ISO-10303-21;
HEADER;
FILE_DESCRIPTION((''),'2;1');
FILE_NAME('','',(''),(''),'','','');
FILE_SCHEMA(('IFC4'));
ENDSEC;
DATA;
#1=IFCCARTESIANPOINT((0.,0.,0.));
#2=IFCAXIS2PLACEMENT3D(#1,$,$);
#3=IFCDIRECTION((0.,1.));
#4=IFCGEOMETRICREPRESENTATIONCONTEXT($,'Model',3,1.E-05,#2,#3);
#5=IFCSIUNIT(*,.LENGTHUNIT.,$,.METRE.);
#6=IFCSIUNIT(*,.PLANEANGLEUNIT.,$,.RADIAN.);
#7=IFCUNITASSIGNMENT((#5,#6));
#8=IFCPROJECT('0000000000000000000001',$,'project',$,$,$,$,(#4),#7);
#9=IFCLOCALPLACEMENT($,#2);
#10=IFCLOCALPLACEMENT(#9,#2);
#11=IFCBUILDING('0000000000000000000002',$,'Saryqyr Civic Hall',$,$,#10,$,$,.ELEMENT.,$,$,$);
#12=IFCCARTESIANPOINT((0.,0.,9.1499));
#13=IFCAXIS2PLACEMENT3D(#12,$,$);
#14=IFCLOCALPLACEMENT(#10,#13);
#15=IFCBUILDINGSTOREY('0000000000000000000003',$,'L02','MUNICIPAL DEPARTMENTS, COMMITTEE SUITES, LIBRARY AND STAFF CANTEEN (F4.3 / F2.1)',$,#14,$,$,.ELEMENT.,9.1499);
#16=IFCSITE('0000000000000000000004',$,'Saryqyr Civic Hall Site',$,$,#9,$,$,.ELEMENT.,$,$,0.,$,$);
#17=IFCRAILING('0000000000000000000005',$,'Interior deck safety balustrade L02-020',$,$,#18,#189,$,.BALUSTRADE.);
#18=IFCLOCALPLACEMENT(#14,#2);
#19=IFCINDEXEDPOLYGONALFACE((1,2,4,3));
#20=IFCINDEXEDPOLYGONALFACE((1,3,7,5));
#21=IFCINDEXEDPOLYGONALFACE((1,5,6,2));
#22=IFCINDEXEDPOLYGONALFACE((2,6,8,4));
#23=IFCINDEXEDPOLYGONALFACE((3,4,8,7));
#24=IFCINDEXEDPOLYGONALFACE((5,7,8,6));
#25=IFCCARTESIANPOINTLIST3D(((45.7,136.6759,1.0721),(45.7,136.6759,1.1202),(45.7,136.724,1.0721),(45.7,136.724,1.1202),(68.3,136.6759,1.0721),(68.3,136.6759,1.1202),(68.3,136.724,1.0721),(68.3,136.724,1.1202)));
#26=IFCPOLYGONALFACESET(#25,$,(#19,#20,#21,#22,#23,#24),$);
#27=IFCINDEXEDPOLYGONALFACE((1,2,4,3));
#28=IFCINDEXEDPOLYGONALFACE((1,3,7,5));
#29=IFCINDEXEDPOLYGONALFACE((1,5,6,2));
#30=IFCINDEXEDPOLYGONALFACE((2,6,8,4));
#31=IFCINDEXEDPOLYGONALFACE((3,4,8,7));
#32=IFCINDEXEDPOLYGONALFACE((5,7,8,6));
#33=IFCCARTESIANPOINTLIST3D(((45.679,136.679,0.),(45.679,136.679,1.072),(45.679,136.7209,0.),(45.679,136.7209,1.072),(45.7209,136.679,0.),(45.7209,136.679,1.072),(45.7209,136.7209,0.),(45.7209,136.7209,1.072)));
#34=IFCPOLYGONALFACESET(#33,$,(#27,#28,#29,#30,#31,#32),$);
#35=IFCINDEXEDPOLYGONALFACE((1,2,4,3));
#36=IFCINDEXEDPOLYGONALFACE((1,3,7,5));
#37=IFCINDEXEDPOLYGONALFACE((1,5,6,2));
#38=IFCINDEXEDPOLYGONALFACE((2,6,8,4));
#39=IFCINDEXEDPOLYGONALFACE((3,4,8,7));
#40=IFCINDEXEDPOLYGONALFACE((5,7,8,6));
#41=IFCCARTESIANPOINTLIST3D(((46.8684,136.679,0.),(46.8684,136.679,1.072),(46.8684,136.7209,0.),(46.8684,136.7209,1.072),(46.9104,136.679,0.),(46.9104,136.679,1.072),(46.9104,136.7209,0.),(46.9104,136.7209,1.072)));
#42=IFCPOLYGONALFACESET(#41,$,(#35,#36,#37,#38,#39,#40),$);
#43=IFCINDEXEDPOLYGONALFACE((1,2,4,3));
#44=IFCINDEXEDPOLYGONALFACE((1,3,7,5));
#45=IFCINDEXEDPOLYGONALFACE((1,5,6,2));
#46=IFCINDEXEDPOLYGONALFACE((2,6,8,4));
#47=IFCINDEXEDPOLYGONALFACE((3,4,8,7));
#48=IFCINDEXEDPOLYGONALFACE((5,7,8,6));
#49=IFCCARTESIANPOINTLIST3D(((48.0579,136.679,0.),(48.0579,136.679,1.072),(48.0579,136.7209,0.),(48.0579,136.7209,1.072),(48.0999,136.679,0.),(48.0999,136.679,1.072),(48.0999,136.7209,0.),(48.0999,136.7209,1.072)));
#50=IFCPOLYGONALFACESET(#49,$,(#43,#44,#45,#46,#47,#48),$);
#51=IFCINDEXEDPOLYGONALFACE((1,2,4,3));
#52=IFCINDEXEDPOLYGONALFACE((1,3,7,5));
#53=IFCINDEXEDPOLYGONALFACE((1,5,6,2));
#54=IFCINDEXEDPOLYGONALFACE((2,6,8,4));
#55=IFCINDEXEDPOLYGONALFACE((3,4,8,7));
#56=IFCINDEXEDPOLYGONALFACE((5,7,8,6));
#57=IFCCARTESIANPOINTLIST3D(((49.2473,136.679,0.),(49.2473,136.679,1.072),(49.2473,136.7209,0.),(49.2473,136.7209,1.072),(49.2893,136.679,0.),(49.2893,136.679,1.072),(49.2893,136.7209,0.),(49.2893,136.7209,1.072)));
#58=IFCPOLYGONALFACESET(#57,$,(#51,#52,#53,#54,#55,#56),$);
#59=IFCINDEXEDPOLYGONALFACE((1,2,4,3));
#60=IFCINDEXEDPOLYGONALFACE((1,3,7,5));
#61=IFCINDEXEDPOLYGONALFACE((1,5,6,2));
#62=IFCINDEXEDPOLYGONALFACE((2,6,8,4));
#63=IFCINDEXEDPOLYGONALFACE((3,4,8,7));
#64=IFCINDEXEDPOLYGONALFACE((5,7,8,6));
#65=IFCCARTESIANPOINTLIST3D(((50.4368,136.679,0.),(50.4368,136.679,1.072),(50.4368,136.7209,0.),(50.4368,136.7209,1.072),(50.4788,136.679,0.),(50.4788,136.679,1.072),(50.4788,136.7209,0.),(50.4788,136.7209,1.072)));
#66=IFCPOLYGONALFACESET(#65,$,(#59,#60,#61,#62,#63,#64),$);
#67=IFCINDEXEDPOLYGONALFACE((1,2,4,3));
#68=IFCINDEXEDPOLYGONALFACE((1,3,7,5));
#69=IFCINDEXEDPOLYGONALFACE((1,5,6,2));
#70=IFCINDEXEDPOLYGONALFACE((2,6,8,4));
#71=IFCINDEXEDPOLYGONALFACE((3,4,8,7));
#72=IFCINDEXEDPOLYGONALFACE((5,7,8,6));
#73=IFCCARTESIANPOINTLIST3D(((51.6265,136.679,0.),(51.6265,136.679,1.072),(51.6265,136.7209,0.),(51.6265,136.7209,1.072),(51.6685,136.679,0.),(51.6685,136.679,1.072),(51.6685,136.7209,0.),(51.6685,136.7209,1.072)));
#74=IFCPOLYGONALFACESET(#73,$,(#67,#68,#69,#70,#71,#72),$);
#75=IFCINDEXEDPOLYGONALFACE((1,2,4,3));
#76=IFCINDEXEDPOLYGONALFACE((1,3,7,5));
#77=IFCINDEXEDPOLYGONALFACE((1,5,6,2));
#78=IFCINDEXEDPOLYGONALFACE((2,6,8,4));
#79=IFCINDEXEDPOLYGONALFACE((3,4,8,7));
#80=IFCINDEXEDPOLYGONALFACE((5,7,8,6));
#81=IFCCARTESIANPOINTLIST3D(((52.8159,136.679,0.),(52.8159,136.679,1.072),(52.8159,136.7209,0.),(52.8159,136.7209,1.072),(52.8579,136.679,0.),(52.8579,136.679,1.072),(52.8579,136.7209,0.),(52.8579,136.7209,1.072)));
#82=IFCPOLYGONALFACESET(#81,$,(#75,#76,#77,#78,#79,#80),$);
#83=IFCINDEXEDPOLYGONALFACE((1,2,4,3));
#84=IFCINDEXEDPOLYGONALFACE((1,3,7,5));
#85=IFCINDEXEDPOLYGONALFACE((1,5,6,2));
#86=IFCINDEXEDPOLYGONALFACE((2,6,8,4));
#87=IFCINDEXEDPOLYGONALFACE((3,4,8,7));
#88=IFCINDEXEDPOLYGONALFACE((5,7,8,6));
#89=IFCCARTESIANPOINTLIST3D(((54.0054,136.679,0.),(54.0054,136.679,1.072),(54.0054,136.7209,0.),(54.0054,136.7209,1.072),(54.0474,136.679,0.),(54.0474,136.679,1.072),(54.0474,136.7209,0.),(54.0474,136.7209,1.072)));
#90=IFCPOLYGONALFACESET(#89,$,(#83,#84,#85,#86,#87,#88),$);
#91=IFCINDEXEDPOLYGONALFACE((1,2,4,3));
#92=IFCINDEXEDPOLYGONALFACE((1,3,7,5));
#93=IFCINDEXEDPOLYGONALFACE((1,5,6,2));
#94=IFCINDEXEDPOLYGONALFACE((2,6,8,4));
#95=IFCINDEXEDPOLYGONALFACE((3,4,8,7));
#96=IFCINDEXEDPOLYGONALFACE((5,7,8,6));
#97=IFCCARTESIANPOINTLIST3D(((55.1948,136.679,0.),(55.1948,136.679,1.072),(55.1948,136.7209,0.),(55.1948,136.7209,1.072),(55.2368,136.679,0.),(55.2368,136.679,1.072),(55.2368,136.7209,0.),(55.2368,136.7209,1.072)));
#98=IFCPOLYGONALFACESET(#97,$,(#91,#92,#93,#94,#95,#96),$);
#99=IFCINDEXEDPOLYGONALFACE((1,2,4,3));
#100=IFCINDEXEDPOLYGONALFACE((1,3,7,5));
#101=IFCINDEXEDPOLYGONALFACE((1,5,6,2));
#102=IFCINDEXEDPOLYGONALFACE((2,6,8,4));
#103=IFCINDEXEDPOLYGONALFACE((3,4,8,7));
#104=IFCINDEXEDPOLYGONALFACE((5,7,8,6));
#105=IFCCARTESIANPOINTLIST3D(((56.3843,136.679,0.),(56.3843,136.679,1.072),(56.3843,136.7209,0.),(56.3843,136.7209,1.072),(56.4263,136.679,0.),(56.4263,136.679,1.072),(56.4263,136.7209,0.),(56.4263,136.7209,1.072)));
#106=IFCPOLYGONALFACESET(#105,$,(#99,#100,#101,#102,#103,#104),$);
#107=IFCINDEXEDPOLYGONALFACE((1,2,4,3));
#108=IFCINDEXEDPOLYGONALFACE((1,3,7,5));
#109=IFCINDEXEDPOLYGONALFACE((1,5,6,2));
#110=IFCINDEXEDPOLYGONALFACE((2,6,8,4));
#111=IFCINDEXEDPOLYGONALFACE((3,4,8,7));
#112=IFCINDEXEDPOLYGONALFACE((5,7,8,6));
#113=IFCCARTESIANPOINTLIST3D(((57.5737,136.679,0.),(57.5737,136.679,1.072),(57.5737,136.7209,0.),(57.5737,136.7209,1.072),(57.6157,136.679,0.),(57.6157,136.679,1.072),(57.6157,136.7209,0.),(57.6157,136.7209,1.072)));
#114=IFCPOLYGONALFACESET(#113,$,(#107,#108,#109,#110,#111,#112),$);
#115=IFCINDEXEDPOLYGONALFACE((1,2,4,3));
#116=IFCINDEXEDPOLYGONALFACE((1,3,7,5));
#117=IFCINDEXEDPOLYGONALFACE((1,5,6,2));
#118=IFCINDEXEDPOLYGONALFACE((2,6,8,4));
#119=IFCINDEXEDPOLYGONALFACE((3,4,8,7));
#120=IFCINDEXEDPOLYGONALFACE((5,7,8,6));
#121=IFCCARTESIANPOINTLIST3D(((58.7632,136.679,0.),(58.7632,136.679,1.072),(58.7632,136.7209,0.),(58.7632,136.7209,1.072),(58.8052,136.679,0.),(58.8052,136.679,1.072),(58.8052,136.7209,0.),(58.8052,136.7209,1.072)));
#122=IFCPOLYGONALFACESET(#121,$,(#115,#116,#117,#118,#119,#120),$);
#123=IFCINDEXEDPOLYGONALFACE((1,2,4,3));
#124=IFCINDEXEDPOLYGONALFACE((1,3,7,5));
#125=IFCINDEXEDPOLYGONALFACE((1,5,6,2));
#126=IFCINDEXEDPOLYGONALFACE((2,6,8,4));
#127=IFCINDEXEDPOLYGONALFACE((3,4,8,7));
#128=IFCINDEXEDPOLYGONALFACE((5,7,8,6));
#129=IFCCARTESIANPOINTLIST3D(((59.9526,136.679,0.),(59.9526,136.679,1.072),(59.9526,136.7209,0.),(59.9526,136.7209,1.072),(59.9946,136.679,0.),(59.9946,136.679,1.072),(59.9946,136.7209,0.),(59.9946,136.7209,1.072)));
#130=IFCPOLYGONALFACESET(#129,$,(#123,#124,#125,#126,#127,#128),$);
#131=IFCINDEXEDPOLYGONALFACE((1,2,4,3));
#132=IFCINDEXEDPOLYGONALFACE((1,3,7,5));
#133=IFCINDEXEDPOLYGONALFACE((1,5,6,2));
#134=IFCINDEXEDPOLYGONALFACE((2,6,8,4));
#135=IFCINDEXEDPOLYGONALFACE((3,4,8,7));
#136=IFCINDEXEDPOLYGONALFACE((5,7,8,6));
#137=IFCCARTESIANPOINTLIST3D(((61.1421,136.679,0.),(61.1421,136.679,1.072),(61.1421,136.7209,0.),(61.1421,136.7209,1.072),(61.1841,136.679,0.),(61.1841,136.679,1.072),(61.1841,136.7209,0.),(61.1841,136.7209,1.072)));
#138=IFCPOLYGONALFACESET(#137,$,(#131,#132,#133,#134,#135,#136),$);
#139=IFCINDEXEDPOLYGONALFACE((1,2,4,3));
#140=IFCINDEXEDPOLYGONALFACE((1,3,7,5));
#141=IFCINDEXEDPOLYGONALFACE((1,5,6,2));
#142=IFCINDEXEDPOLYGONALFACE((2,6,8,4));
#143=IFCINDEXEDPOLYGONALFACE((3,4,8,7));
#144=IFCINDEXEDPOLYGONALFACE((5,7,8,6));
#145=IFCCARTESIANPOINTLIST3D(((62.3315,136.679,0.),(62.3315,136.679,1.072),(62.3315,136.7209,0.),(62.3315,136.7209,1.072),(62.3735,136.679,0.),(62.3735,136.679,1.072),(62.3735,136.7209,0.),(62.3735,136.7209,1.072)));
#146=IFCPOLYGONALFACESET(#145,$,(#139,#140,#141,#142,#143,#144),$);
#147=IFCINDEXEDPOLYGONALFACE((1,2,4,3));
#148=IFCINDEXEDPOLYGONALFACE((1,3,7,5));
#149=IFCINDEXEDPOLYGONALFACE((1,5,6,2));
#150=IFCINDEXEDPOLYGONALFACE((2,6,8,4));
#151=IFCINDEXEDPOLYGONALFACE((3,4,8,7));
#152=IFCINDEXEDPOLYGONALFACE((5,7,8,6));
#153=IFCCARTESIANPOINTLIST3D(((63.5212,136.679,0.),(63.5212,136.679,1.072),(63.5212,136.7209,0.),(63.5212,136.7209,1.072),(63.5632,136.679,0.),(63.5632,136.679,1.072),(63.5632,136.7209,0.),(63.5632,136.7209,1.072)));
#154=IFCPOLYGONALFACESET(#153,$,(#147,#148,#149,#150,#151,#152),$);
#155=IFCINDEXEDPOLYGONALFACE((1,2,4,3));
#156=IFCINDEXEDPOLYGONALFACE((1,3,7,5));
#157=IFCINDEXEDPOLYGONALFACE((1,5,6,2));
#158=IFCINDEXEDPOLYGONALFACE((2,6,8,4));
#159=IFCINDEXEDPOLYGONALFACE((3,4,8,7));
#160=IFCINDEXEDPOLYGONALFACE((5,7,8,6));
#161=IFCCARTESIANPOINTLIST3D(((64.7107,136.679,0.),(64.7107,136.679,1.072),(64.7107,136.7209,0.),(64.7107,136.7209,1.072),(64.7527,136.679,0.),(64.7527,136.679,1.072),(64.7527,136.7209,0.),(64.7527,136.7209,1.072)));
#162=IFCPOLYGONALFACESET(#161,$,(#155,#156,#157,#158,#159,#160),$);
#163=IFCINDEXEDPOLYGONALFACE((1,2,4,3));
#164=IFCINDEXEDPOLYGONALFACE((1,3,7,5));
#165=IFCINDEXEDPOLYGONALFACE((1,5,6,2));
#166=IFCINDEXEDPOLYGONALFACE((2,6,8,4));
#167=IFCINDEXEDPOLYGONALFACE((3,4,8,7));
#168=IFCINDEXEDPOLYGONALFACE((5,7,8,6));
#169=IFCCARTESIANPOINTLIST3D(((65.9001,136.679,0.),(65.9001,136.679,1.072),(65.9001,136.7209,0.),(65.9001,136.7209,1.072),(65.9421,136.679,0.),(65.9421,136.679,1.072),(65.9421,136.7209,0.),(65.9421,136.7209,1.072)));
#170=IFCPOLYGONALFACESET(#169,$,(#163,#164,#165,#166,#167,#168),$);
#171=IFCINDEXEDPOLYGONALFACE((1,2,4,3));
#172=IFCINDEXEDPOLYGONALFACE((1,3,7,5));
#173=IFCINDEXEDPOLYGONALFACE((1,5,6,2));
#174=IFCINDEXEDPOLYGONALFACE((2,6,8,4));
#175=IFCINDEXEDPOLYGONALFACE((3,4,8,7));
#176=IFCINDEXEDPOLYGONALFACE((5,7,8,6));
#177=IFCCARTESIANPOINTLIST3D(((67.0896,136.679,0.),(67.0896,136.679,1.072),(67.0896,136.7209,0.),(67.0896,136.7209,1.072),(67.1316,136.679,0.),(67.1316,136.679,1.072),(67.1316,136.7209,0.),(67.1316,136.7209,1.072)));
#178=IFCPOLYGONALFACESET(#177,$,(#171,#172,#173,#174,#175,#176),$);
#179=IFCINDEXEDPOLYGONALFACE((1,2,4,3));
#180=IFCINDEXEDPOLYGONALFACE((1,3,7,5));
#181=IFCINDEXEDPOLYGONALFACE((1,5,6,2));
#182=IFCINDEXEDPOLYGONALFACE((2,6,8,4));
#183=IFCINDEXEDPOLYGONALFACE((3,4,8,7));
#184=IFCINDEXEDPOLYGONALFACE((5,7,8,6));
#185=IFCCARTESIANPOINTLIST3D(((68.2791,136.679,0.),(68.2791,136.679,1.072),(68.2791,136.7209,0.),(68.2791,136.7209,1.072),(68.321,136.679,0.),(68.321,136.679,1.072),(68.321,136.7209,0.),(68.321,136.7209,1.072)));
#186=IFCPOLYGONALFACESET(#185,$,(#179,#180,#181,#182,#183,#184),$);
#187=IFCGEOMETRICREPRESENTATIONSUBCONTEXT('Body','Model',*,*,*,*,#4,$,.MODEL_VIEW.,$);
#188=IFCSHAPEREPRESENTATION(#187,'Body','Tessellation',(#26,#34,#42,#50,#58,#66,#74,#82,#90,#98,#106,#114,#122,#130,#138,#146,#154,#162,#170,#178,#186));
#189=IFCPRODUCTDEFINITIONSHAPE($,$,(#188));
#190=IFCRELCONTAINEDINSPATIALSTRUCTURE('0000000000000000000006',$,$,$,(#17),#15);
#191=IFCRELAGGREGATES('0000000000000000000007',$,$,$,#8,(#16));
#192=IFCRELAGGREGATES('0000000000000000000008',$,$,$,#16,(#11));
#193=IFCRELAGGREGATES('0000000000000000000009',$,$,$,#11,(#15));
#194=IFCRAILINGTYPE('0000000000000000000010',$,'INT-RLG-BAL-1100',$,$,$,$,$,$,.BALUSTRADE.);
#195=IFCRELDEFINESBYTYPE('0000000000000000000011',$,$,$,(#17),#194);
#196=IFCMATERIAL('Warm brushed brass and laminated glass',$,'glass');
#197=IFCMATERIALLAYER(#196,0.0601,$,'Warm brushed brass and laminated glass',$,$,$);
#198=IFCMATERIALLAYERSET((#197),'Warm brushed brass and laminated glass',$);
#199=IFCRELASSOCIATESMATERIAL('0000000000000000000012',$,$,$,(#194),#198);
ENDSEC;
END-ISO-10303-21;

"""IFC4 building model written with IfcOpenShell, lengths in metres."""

from ifc_helpers import new_model, si_unit, direction, frame, origin, origin_2d, place, context, subcontext, project, spatial, rectangle, extrude, material, layer, layer_set, type_object, element, save


model = new_model("IFC4")

# Units and contexts
model_context = context("Model", 3, precision=1e-05, world=origin(), true_north=direction((0.0, 1.0)))
body_context = subcontext(model_context, "Body", "Model", "MODEL_VIEW")
ifc_project = project(units=[si_unit("LENGTHUNIT", "METRE"), si_unit("PLANEANGLEUNIT", "RADIAN")], contexts=[model_context])

# Site, building, storey
site_placement = place(None, origin())
site = spatial("IfcSite", under=ifc_project, at=site_placement, Name="Saryqyr Civic Hall Site", CompositionType="ELEMENT", RefElevation=0.0)
building_placement = place(site_placement, origin())
building = spatial("IfcBuilding", under=site, at=building_placement, Name="Saryqyr Civic Hall", CompositionType="ELEMENT")
storey_placement = place(building_placement, frame((0.0, 0.0, 9.1499)))
storey = spatial("IfcBuildingStorey", under=building, at=storey_placement, Name="L02", Description="MUNICIPAL DEPARTMENTS, COMMITTEE SUITES, LIBRARY AND STAFF CANTEEN (F4.3 / F2.1)", CompositionType="ELEMENT", Elevation=9.1499)

# Railing
ifc_material_1 = material(Name="Warm brushed brass and laminated glass", Category="glass")
ifc_layer_1 = layer(ifc_material_1, 0.0601, Name="Warm brushed brass and laminated glass")
ifc_layer_set_1 = layer_set([ifc_layer_1], Name="Warm brushed brass and laminated glass")
railing_type = type_object("IfcRailingType", Name="INT-RLG-BAL-1100", PredefinedType="BALUSTRADE", material=ifc_layer_set_1)
railing_1_placement = place(storey_placement, frame((45.7, 136.7, 0.0)))
element("IfcRailing", 1, at=railing_1_placement, inside=storey, type_object=railing_type, Name="Interior deck safety balustrade L02-020", PredefinedType="BALUSTRADE", context=body_context, shape_type="SweptSolid", body=[
    extrude(rectangle(XDim=0.0481, YDim=0.0481, at=origin_2d()), frame((0.0, 0.0, 1.0962), z_axis=(1.0, 0.0, 0.0), x_axis=(0.0, 1.0, 0.0)), (0.0, 0.0, 1.0), 22.6001),
    extrude(rectangle(XDim=0.042, YDim=0.042, at=origin_2d()), origin(), (0.0, 0.0, 1.0), 1.072),
    extrude(rectangle(XDim=0.042, YDim=0.042, at=origin_2d()), frame((1.1895, 0.0, 0.0)), (0.0, 0.0, 1.0), 1.072),
    extrude(rectangle(XDim=0.042, YDim=0.042, at=origin_2d()), frame((2.3789, 0.0, 0.0)), (0.0, 0.0, 1.0), 1.072),
    extrude(rectangle(XDim=0.042, YDim=0.042, at=origin_2d()), frame((3.5684, 0.0, 0.0)), (0.0, 0.0, 1.0), 1.072),
    extrude(rectangle(XDim=0.042, YDim=0.042, at=origin_2d()), frame((4.7578, 0.0, 0.0)), (0.0, 0.0, 1.0), 1.072),
    extrude(rectangle(XDim=0.042, YDim=0.042, at=origin_2d()), frame((5.9475, 0.0, 0.0)), (0.0, 0.0, 1.0), 1.072),
    extrude(rectangle(XDim=0.042, YDim=0.042, at=origin_2d()), frame((7.137, 0.0, 0.0)), (0.0, 0.0, 1.0), 1.072),
    extrude(rectangle(XDim=0.042, YDim=0.042, at=origin_2d()), frame((8.3264, 0.0, 0.0)), (0.0, 0.0, 1.0), 1.072),
    extrude(rectangle(XDim=0.042, YDim=0.042, at=origin_2d()), frame((9.5159, 0.0, 0.0)), (0.0, 0.0, 1.0), 1.072),
    extrude(rectangle(XDim=0.042, YDim=0.042, at=origin_2d()), frame((10.7053, 0.0, 0.0)), (0.0, 0.0, 1.0), 1.072),
    extrude(rectangle(XDim=0.042, YDim=0.042, at=origin_2d()), frame((11.8948, 0.0, 0.0)), (0.0, 0.0, 1.0), 1.072),
    extrude(rectangle(XDim=0.042, YDim=0.042, at=origin_2d()), frame((13.0842, 0.0, 0.0)), (0.0, 0.0, 1.0), 1.072),
    extrude(rectangle(XDim=0.042, YDim=0.042, at=origin_2d()), frame((14.2737, 0.0, 0.0)), (0.0, 0.0, 1.0), 1.072),
    extrude(rectangle(XDim=0.042, YDim=0.042, at=origin_2d()), frame((15.4631, 0.0, 0.0)), (0.0, 0.0, 1.0), 1.072),
    extrude(rectangle(XDim=0.042, YDim=0.042, at=origin_2d()), frame((16.6526, 0.0, 0.0)), (0.0, 0.0, 1.0), 1.072),
    extrude(rectangle(XDim=0.042, YDim=0.042, at=origin_2d()), frame((17.8423, 0.0, 0.0)), (0.0, 0.0, 1.0), 1.072),
    extrude(rectangle(XDim=0.042, YDim=0.042, at=origin_2d()), frame((19.0317, 0.0, 0.0)), (0.0, 0.0, 1.0), 1.072),
    extrude(rectangle(XDim=0.042, YDim=0.042, at=origin_2d()), frame((20.2212, 0.0, 0.0)), (0.0, 0.0, 1.0), 1.072),
    extrude(rectangle(XDim=0.042, YDim=0.042, at=origin_2d()), frame((21.4106, 0.0, 0.0)), (0.0, 0.0, 1.0), 1.072),
    extrude(rectangle(XDim=0.042, YDim=0.042, at=origin_2d()), frame((22.6001, 0.0, 0.0)), (0.0, 0.0, 1.0), 1.072),
])

save(model, "model.ifc")
